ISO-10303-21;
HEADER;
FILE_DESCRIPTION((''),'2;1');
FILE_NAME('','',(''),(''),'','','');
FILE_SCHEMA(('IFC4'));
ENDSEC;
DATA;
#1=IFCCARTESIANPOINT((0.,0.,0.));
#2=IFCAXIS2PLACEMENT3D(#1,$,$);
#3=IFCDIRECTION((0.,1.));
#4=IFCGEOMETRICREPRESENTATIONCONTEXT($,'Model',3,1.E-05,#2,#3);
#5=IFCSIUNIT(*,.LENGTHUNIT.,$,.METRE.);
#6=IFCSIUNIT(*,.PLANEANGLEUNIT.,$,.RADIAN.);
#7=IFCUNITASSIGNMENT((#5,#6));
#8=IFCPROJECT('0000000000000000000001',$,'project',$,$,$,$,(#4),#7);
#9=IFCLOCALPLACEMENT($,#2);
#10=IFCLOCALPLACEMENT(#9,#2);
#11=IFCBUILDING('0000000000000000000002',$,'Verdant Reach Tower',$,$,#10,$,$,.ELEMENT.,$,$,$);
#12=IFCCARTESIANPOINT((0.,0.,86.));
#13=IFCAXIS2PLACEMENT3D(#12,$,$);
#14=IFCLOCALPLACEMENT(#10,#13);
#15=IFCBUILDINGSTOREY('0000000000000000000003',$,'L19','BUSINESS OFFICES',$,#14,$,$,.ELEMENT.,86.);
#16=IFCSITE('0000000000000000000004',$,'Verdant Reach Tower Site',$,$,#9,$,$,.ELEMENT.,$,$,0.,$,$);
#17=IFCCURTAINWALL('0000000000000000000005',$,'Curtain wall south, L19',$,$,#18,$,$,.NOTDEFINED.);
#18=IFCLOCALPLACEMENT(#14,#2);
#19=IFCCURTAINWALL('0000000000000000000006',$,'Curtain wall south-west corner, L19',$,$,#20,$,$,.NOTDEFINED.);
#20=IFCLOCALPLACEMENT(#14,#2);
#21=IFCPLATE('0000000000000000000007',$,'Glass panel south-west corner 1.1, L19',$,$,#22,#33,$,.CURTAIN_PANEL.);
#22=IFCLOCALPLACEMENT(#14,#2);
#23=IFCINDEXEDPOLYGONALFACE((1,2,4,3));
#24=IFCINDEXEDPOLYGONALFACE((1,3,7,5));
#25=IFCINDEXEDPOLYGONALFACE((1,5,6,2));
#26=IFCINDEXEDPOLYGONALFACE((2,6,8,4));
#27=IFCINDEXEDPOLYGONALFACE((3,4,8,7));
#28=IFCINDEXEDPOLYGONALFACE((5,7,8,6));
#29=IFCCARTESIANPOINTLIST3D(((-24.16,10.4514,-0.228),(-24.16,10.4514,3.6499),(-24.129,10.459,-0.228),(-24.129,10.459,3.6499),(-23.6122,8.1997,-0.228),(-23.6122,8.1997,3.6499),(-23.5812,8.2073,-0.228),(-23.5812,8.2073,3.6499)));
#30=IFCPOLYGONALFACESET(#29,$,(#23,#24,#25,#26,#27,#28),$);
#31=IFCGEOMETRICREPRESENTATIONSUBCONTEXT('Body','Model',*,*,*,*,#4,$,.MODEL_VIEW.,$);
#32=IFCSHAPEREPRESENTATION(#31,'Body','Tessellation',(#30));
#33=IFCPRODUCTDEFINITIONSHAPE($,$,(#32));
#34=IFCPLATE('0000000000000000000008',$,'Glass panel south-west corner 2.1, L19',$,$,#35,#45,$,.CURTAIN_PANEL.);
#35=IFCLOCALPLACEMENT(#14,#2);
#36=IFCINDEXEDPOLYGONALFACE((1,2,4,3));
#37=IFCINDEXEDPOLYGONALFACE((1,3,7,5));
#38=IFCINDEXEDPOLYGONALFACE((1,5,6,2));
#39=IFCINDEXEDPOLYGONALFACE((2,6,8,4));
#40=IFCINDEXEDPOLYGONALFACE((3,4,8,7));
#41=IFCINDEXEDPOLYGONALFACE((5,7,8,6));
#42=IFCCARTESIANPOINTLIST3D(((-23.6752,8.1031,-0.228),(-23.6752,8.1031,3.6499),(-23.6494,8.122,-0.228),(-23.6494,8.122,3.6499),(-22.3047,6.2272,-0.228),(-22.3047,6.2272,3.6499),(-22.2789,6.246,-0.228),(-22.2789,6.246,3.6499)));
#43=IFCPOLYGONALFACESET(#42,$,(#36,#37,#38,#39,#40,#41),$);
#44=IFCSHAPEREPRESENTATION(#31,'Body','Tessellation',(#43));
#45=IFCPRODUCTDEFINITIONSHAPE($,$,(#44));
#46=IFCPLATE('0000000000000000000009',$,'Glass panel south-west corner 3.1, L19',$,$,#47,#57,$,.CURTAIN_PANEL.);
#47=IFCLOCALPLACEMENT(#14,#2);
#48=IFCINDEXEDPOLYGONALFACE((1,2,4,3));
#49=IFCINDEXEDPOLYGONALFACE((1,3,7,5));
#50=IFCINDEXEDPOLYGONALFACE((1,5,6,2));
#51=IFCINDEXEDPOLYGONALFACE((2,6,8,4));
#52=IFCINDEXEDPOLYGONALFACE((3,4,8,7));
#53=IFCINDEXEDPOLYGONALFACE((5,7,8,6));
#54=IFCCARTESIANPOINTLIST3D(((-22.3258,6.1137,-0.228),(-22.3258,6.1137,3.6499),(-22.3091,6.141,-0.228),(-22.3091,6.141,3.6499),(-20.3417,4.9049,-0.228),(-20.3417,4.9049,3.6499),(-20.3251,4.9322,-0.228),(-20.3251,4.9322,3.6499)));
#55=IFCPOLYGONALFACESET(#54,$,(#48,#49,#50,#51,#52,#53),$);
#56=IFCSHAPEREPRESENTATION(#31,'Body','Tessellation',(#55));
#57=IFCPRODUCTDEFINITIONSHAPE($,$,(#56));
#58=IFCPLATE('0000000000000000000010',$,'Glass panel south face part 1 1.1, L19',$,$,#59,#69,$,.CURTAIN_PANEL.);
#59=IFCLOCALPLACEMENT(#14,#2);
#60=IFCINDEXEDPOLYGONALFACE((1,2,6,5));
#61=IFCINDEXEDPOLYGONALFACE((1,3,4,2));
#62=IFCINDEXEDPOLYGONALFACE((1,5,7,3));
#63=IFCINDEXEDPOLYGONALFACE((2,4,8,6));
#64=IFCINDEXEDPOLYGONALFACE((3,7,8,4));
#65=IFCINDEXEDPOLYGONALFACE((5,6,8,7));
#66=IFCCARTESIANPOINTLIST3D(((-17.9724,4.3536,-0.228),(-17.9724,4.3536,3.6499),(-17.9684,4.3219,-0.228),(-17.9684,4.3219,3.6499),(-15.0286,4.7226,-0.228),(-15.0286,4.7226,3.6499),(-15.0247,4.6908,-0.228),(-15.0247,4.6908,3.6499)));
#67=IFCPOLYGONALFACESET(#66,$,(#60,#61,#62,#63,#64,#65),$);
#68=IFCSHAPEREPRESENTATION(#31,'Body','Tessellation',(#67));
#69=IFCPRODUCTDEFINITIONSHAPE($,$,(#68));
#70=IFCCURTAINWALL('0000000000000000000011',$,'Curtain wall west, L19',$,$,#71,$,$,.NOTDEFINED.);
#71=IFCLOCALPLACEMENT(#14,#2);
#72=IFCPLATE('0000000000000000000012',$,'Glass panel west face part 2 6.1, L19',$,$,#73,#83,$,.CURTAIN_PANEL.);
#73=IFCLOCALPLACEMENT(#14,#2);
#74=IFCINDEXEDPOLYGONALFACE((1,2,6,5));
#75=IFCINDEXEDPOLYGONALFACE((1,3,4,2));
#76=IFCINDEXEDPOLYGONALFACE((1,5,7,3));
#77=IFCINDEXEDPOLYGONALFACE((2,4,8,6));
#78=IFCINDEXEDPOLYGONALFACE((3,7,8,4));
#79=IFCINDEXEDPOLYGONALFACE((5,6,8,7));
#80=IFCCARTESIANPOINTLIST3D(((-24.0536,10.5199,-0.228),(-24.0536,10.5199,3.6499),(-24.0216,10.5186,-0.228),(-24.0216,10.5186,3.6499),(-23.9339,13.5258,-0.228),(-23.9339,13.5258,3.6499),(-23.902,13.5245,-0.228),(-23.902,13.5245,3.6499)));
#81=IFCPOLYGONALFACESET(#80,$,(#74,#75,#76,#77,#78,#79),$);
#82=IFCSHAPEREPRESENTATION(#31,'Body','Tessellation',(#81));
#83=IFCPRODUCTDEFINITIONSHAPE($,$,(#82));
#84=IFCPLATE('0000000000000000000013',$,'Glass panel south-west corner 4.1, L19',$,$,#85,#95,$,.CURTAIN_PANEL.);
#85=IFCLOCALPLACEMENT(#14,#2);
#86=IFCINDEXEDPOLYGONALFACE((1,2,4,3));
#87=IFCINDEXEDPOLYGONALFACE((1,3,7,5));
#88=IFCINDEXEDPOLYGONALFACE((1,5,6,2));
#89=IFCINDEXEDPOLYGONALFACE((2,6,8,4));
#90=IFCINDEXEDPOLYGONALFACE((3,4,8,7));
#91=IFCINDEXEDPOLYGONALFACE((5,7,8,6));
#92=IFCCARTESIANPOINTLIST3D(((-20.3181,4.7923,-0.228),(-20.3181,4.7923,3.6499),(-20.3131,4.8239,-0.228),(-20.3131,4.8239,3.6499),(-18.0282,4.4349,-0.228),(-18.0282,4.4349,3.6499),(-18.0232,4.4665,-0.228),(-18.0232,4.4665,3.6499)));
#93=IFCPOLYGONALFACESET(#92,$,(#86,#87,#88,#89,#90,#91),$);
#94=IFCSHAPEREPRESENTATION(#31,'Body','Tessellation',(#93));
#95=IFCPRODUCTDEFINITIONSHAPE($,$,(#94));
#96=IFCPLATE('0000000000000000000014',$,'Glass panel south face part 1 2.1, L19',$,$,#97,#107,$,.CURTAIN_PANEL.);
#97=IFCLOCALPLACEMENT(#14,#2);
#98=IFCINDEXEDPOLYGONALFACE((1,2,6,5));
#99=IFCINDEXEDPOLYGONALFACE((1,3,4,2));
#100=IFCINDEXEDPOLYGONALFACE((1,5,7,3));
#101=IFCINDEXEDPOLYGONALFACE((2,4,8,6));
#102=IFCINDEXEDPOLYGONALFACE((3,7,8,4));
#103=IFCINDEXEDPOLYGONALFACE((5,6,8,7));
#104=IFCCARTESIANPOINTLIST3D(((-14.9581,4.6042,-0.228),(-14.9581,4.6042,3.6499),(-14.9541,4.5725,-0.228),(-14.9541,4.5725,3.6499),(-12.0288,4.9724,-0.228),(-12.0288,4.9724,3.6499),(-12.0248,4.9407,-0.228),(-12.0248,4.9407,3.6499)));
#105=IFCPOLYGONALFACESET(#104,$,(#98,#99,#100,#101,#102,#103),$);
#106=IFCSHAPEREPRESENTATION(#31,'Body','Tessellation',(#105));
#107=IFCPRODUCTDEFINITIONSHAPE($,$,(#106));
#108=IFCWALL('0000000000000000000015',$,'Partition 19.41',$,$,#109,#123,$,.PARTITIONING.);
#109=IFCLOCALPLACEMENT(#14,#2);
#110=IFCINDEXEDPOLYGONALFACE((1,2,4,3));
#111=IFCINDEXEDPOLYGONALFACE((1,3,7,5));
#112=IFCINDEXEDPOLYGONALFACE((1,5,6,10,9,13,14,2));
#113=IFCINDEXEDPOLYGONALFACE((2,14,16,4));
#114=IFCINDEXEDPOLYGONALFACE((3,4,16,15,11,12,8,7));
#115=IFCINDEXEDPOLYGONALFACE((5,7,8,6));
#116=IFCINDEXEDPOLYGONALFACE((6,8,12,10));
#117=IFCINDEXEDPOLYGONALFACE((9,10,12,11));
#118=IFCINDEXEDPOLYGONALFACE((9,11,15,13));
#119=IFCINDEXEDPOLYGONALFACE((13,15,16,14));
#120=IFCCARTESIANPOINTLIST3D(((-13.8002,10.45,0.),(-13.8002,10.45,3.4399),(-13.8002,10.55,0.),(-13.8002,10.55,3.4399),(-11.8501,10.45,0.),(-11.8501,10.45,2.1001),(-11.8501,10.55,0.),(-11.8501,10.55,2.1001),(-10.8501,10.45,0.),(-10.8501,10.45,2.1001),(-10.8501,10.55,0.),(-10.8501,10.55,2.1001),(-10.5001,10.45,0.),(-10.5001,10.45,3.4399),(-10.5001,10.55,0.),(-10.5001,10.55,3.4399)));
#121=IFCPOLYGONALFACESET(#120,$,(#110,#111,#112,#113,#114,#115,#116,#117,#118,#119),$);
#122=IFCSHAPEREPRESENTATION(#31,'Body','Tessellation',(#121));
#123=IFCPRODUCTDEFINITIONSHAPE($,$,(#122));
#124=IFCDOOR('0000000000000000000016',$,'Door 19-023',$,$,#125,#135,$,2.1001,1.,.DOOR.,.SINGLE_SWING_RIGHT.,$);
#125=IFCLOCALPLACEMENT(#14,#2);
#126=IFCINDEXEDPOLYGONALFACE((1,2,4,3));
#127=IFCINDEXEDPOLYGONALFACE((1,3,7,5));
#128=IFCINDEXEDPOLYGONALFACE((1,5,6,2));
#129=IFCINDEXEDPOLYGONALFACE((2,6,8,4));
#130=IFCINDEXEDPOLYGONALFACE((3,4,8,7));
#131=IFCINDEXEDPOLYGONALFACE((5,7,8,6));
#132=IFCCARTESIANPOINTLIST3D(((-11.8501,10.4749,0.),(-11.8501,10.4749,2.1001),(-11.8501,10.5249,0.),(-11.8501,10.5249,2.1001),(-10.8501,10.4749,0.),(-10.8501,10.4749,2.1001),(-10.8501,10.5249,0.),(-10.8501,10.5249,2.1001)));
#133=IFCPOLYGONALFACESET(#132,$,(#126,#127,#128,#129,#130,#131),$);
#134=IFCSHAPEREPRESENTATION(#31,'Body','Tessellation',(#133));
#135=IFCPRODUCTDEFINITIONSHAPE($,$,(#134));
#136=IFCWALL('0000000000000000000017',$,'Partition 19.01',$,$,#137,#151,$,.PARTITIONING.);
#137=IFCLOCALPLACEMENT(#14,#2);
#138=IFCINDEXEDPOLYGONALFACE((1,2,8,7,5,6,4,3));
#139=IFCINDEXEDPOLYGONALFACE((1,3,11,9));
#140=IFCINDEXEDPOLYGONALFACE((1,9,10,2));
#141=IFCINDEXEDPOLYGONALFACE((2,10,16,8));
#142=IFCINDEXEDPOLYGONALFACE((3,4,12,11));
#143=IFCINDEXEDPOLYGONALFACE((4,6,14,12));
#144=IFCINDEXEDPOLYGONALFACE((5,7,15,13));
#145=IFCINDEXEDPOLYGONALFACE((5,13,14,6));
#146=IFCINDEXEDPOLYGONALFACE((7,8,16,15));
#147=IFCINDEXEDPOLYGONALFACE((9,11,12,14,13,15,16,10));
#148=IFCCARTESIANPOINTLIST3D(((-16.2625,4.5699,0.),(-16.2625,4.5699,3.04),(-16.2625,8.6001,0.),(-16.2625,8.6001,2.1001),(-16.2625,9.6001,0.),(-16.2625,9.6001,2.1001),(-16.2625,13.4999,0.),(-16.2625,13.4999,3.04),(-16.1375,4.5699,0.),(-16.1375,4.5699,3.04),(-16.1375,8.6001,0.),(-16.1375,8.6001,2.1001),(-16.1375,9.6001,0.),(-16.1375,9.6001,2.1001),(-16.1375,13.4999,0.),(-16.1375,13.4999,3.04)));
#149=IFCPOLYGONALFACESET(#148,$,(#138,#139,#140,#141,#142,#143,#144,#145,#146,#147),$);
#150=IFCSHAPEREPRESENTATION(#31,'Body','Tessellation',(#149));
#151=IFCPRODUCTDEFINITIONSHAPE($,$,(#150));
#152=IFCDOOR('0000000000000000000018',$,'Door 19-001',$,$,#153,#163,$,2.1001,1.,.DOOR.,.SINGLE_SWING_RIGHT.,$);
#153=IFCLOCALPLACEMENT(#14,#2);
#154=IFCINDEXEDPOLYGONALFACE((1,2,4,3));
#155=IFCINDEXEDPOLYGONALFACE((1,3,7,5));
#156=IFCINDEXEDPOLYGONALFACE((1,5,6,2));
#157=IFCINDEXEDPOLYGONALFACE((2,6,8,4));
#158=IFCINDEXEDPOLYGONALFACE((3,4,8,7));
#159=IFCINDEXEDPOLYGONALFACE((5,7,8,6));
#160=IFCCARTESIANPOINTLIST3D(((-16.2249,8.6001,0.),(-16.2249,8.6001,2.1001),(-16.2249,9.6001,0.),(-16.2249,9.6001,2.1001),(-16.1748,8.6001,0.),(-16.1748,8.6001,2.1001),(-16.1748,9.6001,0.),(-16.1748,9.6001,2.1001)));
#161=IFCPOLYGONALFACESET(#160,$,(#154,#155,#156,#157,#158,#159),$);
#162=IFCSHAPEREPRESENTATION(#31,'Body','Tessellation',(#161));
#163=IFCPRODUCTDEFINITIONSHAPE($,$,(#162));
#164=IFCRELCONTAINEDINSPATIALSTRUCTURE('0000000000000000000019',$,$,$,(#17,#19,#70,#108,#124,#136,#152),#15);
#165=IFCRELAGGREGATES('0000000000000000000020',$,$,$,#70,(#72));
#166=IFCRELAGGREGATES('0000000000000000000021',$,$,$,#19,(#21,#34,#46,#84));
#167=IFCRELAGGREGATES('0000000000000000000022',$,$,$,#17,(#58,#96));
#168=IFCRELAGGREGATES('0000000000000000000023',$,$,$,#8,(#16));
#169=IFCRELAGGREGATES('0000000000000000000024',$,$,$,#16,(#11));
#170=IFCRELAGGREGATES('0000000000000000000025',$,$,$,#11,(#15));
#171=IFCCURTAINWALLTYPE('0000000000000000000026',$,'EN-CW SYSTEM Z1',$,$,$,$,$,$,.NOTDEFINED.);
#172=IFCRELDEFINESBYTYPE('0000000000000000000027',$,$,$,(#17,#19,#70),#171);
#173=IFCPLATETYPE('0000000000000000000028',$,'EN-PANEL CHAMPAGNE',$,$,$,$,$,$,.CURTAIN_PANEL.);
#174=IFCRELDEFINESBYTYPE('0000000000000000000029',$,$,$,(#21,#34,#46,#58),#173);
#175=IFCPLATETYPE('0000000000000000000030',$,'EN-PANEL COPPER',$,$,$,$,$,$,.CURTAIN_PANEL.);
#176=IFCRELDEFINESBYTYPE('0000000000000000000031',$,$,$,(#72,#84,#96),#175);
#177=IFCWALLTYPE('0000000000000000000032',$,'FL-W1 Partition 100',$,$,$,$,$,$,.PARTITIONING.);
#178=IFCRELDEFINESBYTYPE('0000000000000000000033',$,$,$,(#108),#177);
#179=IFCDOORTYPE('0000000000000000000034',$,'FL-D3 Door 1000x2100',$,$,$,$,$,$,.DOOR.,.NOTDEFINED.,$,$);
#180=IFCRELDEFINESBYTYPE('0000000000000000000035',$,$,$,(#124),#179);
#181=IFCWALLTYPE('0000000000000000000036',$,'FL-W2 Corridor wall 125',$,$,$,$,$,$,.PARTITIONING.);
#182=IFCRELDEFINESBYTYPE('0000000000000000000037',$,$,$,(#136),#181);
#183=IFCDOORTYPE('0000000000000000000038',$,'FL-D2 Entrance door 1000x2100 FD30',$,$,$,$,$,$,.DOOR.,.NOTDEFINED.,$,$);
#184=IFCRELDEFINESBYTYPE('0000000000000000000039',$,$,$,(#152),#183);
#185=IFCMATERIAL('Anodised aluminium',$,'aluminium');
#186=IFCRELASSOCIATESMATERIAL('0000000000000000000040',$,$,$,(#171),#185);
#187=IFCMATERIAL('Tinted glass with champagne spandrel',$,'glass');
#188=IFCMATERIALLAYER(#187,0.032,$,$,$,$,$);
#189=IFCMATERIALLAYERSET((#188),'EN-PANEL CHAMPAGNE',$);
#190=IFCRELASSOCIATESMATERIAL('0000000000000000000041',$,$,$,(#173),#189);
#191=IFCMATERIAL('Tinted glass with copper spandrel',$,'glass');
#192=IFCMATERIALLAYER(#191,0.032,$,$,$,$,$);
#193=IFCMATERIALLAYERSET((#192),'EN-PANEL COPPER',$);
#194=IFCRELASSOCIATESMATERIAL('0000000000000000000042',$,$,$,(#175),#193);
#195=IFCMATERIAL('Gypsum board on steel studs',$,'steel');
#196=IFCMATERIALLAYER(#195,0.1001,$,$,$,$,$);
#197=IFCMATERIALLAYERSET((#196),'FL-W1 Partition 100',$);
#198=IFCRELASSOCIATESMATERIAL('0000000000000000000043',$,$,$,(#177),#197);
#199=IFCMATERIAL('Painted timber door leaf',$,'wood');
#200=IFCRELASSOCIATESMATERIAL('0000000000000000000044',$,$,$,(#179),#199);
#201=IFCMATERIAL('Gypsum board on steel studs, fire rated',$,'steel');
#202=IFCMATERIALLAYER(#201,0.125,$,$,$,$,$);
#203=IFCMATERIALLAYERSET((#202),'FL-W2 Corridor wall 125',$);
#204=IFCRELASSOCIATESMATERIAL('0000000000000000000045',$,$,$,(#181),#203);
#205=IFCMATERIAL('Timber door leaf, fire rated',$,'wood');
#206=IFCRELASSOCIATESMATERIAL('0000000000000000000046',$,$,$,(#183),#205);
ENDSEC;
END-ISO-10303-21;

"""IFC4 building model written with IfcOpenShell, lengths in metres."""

from ifc_helpers import new_model, si_unit, direction, frame, frame_2d, origin, origin_2d, place, context, subcontext, project, spatial, rectangle, extrude, material, layer, layer_set, type_object, element, fill, aggregate, save


model = new_model("IFC4")

# Units and contexts
model_context = context("Model", 3, precision=1e-05, world=origin(), true_north=direction((0.0, 1.0)))
body_context = subcontext(model_context, "Body", "Model", "MODEL_VIEW")
ifc_project = project(units=[si_unit("LENGTHUNIT", "METRE"), si_unit("PLANEANGLEUNIT", "RADIAN")], contexts=[model_context])

# Site, building, storey
site_placement = place(None, origin())
site = spatial("IfcSite", under=ifc_project, at=site_placement, Name="Verdant Reach Tower Site", CompositionType="ELEMENT", RefElevation=0.0)
building_placement = place(site_placement, origin())
building = spatial("IfcBuilding", under=site, at=building_placement, Name="Verdant Reach Tower", CompositionType="ELEMENT")
storey_placement = place(building_placement, frame((0.0, 0.0, 86.0)))
storey = spatial("IfcBuildingStorey", under=building, at=storey_placement, Name="L19", Description="BUSINESS OFFICES", CompositionType="ELEMENT", Elevation=86.0)

# Curtain wall
ifc_material_1 = material(Name="Anodised aluminium", Category="aluminium")
curtain_wall_type = type_object("IfcCurtainWallType", Name="EN-CW SYSTEM Z1", PredefinedType="NOTDEFINED", material=ifc_material_1)
curtain_wall_1_placement = place(storey_placement, origin())
curtain_wall_1 = element("IfcCurtainWall", 1, at=curtain_wall_1_placement, inside=storey, type_object=curtain_wall_type, Name="Curtain wall south, L19", PredefinedType="NOTDEFINED")

# Curtain wall, plates
curtain_wall_2_placement = place(storey_placement, origin())
curtain_wall_2 = element("IfcCurtainWall", 2, at=curtain_wall_2_placement, inside=storey, type_object=curtain_wall_type, Name="Curtain wall south-west corner, L19", PredefinedType="NOTDEFINED")
ifc_material_2 = material(Name="Tinted glass with champagne spandrel", Category="glass")
ifc_layer_1 = layer(ifc_material_2, 0.032)
ifc_layer_set_1 = layer_set([ifc_layer_1], Name="EN-PANEL CHAMPAGNE")
plate_type_1 = type_object("IfcPlateType", Name="EN-PANEL CHAMPAGNE", PredefinedType="CURTAIN_PANEL", material=ifc_layer_set_1)
plate_1_placement = place(storey_placement, frame((-23.8706, 9.3293, -0.228), z_axis=(0.0, 0.0, 1.0), x_axis=(0.236383, -0.97166, 0.0)))
plate_1 = element("IfcPlate", 3, at=plate_1_placement, type_object=plate_type_1, Name="Glass panel south-west corner 1.1, L19", PredefinedType="CURTAIN_PANEL", context=body_context, shape_type="SweptSolid", body=[
    extrude(rectangle(XDim=2.3174, YDim=0.032, at=origin_2d()), origin(), (0.0, 0.0, 1.0), 3.8779),
])
plate_2_placement = place(storey_placement, frame((-22.9771, 7.1746, -0.228), z_axis=(0.0, 0.0, 1.0), x_axis=(0.589927, -0.807457, 0.0)))
plate_2 = element("IfcPlate", 4, at=plate_2_placement, type_object=plate_type_1, Name="Glass panel south-west corner 2.1, L19", PredefinedType="CURTAIN_PANEL", context=body_context, shape_type="SweptSolid", body=[
    extrude(rectangle(XDim=2.3232, YDim=0.032, at=origin_2d()), origin(), (0.0, 0.0, 1.0), 3.8779),
])
plate_3_placement = place(storey_placement, frame((-21.3254, 5.5229, -0.228), z_axis=(0.0, 0.0, 1.0), x_axis=(0.853989, -0.520292, 0.0)))
plate_3 = element("IfcPlate", 5, at=plate_3_placement, type_object=plate_type_1, Name="Glass panel south-west corner 3.1, L19", PredefinedType="CURTAIN_PANEL", context=body_context, shape_type="SweptSolid", body=[
    extrude(rectangle(XDim=2.3232, YDim=0.032, at=origin_2d()), origin(), (0.0, 0.0, 1.0), 3.8779),
])

# Plate
plate_4_placement = place(storey_placement, frame((-16.4985, 4.5222, -0.228), z_axis=(0.0, 0.0, 1.0), x_axis=(0.992235, 0.124374, 0.0)))
plate_4 = element("IfcPlate", 6, at=plate_4_placement, type_object=plate_type_1, Name="Glass panel south face part 1 1.1, L19", PredefinedType="CURTAIN_PANEL", context=body_context, shape_type="SweptSolid", body=[
    extrude(rectangle(XDim=2.9668, YDim=0.032, at=origin_2d()), origin(), (0.0, 0.0, 1.0), 3.8779),
])

# Curtain wall, plate
curtain_wall_3_placement = place(storey_placement, origin())
curtain_wall_3 = element("IfcCurtainWall", 7, at=curtain_wall_3_placement, inside=storey, type_object=curtain_wall_type, Name="Curtain wall west, L19", PredefinedType="NOTDEFINED")
ifc_material_3 = material(Name="Tinted glass with copper spandrel", Category="glass")
ifc_layer_2 = layer(ifc_material_3, 0.032)
ifc_layer_set_2 = layer_set([ifc_layer_2], Name="EN-PANEL COPPER")
plate_type_2 = type_object("IfcPlateType", Name="EN-PANEL COPPER", PredefinedType="CURTAIN_PANEL", material=ifc_layer_set_2)
plate_5_placement = place(storey_placement, frame((-23.9778, 12.0222, -0.228), z_axis=(0.0, 0.0, 1.0), x_axis=(-0.039784, -0.999208, 0.0)))
plate_5 = element("IfcPlate", 8, at=plate_5_placement, type_object=plate_type_2, Name="Glass panel west face part 2 6.1, L19", PredefinedType="CURTAIN_PANEL", context=body_context, shape_type="SweptSolid", body=[
    extrude(rectangle(XDim=3.0083, YDim=0.032, at=origin_2d()), origin(), (0.0, 0.0, 1.0), 3.8779),
])
aggregate(curtain_wall_3, [plate_5])

# Plates
plate_6_placement = place(storey_placement, frame((-19.1707, 4.6294, -0.228), z_axis=(0.0, 0.0, 1.0), x_axis=(0.988033, -0.154245, 0.0)))
plate_6 = element("IfcPlate", 9, at=plate_6_placement, type_object=plate_type_2, Name="Glass panel south-west corner 4.1, L19", PredefinedType="CURTAIN_PANEL", context=body_context, shape_type="SweptSolid", body=[
    extrude(rectangle(XDim=2.3176, YDim=0.032, at=origin_2d()), origin(), (0.0, 0.0, 1.0), 3.8779),
])
aggregate(curtain_wall_2, [plate_1, plate_2, plate_3, plate_6])
plate_7_placement = place(storey_placement, frame((-13.4915, 4.7725, -0.228), z_axis=(0.0, 0.0, 1.0), x_axis=(0.992194, 0.124704, 0.0)))
plate_7 = element("IfcPlate", 10, at=plate_7_placement, type_object=plate_type_2, Name="Glass panel south face part 1 2.1, L19", PredefinedType="CURTAIN_PANEL", context=body_context, shape_type="SweptSolid", body=[
    extrude(rectangle(XDim=2.9524, YDim=0.032, at=origin_2d()), origin(), (0.0, 0.0, 1.0), 3.8779),
])
aggregate(curtain_wall_1, [plate_4, plate_7])

# Walls, openings, doors
ifc_material_4 = material(Name="Gypsum board on steel studs", Category="steel")
ifc_layer_3 = layer(ifc_material_4, 0.1001)
ifc_layer_set_3 = layer_set([ifc_layer_3], Name="FL-W1 Partition 100")
wall_type_1 = type_object("IfcWallType", Name="FL-W1 Partition 100", PredefinedType="PARTITIONING", material=ifc_layer_set_3)
wall_1_placement = place(storey_placement, frame((-13.8, 10.5, 0.0), z_axis=(0.0, 0.0, 1.0), x_axis=(1.0, 0.0, 0.0)))
wall_1 = element("IfcWall", 11, at=wall_1_placement, inside=storey, type_object=wall_type_1, Name="Partition 19.41", PredefinedType="PARTITIONING", context=body_context, shape_type="SweptSolid", body=[
    extrude(rectangle(XDim=3.3, YDim=0.1001, at=frame_2d((1.6499, 0.0))), origin(), (0.0, 0.0, 1.0), 3.4399),
])
opening_1_placement = place(wall_1_placement, frame((1.95, 0.0, 0.0)))
opening_1 = element("IfcOpeningElement", 12, at=opening_1_placement, cuts=wall_1, PredefinedType="OPENING", context=body_context, shape_type="SweptSolid", body=[
    extrude(rectangle(XDim=1.0, YDim=2.1001, at=frame_2d((0.5, 1.05))), frame((0.0, 0.0601, 0.0), z_axis=(0.0, -1.0, 0.0), x_axis=(1.0, 0.0, 0.0)), (0.0, 0.0, 1.0), 0.1201),
])
ifc_material_5 = material(Name="Painted timber door leaf", Category="wood")
door_type_1 = type_object("IfcDoorType", Name="FL-D3 Door 1000x2100", OperationType="NOTDEFINED", PredefinedType="DOOR", material=ifc_material_5)
door_1_placement = place(opening_1_placement, origin())
door_1 = element("IfcDoor", 13, at=door_1_placement, inside=storey, type_object=door_type_1, Name="Door 19-023", OperationType="SINGLE_SWING_RIGHT", OverallHeight=2.1001, OverallWidth=1.0, PredefinedType="DOOR", context=body_context, shape_type="SweptSolid", body=[
    extrude(rectangle(XDim=1.0, YDim=2.1001, at=frame_2d((0.5, 1.05))), frame((0.0, 0.0249, 0.0), z_axis=(0.0, -1.0, 0.0), x_axis=(1.0, 0.0, 0.0)), (0.0, 0.0, 1.0), 0.05),
])
fill(opening_1, door_1)
ifc_material_6 = material(Name="Gypsum board on steel studs, fire rated", Category="steel")
ifc_layer_4 = layer(ifc_material_6, 0.125)
ifc_layer_set_4 = layer_set([ifc_layer_4], Name="FL-W2 Corridor wall 125")
wall_type_2 = type_object("IfcWallType", Name="FL-W2 Corridor wall 125", PredefinedType="PARTITIONING", material=ifc_layer_set_4)
wall_2_placement = place(storey_placement, frame((-16.2, 4.5701, 0.0), z_axis=(0.0, 0.0, 1.0), x_axis=(0.0, 1.0, 0.0)))
wall_2 = element("IfcWall", 14, at=wall_2_placement, inside=storey, type_object=wall_type_2, Name="Partition 19.01", PredefinedType="PARTITIONING", context=body_context, shape_type="SweptSolid", body=[
    extrude(rectangle(XDim=8.9299, YDim=0.125, at=frame_2d((4.4648, 0.0))), origin(), (0.0, 0.0, 1.0), 3.04),
])
opening_2_placement = place(wall_2_placement, frame((4.03, 0.0, 0.0)))
opening_2 = element("IfcOpeningElement", 15, at=opening_2_placement, cuts=wall_2, PredefinedType="OPENING", context=body_context, shape_type="SweptSolid", body=[
    extrude(rectangle(XDim=1.0, YDim=2.1001, at=frame_2d((0.5, 1.05))), frame((0.0, 0.0725, 0.0), z_axis=(0.0, -1.0, 0.0), x_axis=(1.0, 0.0, 0.0)), (0.0, 0.0, 1.0), 0.145),
])
ifc_material_7 = material(Name="Timber door leaf, fire rated", Category="wood")
door_type_2 = type_object("IfcDoorType", Name="FL-D2 Entrance door 1000x2100 FD30", OperationType="NOTDEFINED", PredefinedType="DOOR", material=ifc_material_7)
door_2_placement = place(opening_2_placement, origin())
door_2 = element("IfcDoor", 16, at=door_2_placement, inside=storey, type_object=door_type_2, Name="Door 19-001", OperationType="SINGLE_SWING_RIGHT", OverallHeight=2.1001, OverallWidth=1.0, PredefinedType="DOOR", context=body_context, shape_type="SweptSolid", body=[
    extrude(rectangle(XDim=1.0, YDim=2.1001, at=frame_2d((0.5, 1.05))), frame((0.0, 0.0249, 0.0), z_axis=(0.0, -1.0, 0.0), x_axis=(1.0, 0.0, 0.0)), (0.0, 0.0, 1.0), 0.05),
])
fill(opening_2, door_2)

save(model, "model.ifc")
